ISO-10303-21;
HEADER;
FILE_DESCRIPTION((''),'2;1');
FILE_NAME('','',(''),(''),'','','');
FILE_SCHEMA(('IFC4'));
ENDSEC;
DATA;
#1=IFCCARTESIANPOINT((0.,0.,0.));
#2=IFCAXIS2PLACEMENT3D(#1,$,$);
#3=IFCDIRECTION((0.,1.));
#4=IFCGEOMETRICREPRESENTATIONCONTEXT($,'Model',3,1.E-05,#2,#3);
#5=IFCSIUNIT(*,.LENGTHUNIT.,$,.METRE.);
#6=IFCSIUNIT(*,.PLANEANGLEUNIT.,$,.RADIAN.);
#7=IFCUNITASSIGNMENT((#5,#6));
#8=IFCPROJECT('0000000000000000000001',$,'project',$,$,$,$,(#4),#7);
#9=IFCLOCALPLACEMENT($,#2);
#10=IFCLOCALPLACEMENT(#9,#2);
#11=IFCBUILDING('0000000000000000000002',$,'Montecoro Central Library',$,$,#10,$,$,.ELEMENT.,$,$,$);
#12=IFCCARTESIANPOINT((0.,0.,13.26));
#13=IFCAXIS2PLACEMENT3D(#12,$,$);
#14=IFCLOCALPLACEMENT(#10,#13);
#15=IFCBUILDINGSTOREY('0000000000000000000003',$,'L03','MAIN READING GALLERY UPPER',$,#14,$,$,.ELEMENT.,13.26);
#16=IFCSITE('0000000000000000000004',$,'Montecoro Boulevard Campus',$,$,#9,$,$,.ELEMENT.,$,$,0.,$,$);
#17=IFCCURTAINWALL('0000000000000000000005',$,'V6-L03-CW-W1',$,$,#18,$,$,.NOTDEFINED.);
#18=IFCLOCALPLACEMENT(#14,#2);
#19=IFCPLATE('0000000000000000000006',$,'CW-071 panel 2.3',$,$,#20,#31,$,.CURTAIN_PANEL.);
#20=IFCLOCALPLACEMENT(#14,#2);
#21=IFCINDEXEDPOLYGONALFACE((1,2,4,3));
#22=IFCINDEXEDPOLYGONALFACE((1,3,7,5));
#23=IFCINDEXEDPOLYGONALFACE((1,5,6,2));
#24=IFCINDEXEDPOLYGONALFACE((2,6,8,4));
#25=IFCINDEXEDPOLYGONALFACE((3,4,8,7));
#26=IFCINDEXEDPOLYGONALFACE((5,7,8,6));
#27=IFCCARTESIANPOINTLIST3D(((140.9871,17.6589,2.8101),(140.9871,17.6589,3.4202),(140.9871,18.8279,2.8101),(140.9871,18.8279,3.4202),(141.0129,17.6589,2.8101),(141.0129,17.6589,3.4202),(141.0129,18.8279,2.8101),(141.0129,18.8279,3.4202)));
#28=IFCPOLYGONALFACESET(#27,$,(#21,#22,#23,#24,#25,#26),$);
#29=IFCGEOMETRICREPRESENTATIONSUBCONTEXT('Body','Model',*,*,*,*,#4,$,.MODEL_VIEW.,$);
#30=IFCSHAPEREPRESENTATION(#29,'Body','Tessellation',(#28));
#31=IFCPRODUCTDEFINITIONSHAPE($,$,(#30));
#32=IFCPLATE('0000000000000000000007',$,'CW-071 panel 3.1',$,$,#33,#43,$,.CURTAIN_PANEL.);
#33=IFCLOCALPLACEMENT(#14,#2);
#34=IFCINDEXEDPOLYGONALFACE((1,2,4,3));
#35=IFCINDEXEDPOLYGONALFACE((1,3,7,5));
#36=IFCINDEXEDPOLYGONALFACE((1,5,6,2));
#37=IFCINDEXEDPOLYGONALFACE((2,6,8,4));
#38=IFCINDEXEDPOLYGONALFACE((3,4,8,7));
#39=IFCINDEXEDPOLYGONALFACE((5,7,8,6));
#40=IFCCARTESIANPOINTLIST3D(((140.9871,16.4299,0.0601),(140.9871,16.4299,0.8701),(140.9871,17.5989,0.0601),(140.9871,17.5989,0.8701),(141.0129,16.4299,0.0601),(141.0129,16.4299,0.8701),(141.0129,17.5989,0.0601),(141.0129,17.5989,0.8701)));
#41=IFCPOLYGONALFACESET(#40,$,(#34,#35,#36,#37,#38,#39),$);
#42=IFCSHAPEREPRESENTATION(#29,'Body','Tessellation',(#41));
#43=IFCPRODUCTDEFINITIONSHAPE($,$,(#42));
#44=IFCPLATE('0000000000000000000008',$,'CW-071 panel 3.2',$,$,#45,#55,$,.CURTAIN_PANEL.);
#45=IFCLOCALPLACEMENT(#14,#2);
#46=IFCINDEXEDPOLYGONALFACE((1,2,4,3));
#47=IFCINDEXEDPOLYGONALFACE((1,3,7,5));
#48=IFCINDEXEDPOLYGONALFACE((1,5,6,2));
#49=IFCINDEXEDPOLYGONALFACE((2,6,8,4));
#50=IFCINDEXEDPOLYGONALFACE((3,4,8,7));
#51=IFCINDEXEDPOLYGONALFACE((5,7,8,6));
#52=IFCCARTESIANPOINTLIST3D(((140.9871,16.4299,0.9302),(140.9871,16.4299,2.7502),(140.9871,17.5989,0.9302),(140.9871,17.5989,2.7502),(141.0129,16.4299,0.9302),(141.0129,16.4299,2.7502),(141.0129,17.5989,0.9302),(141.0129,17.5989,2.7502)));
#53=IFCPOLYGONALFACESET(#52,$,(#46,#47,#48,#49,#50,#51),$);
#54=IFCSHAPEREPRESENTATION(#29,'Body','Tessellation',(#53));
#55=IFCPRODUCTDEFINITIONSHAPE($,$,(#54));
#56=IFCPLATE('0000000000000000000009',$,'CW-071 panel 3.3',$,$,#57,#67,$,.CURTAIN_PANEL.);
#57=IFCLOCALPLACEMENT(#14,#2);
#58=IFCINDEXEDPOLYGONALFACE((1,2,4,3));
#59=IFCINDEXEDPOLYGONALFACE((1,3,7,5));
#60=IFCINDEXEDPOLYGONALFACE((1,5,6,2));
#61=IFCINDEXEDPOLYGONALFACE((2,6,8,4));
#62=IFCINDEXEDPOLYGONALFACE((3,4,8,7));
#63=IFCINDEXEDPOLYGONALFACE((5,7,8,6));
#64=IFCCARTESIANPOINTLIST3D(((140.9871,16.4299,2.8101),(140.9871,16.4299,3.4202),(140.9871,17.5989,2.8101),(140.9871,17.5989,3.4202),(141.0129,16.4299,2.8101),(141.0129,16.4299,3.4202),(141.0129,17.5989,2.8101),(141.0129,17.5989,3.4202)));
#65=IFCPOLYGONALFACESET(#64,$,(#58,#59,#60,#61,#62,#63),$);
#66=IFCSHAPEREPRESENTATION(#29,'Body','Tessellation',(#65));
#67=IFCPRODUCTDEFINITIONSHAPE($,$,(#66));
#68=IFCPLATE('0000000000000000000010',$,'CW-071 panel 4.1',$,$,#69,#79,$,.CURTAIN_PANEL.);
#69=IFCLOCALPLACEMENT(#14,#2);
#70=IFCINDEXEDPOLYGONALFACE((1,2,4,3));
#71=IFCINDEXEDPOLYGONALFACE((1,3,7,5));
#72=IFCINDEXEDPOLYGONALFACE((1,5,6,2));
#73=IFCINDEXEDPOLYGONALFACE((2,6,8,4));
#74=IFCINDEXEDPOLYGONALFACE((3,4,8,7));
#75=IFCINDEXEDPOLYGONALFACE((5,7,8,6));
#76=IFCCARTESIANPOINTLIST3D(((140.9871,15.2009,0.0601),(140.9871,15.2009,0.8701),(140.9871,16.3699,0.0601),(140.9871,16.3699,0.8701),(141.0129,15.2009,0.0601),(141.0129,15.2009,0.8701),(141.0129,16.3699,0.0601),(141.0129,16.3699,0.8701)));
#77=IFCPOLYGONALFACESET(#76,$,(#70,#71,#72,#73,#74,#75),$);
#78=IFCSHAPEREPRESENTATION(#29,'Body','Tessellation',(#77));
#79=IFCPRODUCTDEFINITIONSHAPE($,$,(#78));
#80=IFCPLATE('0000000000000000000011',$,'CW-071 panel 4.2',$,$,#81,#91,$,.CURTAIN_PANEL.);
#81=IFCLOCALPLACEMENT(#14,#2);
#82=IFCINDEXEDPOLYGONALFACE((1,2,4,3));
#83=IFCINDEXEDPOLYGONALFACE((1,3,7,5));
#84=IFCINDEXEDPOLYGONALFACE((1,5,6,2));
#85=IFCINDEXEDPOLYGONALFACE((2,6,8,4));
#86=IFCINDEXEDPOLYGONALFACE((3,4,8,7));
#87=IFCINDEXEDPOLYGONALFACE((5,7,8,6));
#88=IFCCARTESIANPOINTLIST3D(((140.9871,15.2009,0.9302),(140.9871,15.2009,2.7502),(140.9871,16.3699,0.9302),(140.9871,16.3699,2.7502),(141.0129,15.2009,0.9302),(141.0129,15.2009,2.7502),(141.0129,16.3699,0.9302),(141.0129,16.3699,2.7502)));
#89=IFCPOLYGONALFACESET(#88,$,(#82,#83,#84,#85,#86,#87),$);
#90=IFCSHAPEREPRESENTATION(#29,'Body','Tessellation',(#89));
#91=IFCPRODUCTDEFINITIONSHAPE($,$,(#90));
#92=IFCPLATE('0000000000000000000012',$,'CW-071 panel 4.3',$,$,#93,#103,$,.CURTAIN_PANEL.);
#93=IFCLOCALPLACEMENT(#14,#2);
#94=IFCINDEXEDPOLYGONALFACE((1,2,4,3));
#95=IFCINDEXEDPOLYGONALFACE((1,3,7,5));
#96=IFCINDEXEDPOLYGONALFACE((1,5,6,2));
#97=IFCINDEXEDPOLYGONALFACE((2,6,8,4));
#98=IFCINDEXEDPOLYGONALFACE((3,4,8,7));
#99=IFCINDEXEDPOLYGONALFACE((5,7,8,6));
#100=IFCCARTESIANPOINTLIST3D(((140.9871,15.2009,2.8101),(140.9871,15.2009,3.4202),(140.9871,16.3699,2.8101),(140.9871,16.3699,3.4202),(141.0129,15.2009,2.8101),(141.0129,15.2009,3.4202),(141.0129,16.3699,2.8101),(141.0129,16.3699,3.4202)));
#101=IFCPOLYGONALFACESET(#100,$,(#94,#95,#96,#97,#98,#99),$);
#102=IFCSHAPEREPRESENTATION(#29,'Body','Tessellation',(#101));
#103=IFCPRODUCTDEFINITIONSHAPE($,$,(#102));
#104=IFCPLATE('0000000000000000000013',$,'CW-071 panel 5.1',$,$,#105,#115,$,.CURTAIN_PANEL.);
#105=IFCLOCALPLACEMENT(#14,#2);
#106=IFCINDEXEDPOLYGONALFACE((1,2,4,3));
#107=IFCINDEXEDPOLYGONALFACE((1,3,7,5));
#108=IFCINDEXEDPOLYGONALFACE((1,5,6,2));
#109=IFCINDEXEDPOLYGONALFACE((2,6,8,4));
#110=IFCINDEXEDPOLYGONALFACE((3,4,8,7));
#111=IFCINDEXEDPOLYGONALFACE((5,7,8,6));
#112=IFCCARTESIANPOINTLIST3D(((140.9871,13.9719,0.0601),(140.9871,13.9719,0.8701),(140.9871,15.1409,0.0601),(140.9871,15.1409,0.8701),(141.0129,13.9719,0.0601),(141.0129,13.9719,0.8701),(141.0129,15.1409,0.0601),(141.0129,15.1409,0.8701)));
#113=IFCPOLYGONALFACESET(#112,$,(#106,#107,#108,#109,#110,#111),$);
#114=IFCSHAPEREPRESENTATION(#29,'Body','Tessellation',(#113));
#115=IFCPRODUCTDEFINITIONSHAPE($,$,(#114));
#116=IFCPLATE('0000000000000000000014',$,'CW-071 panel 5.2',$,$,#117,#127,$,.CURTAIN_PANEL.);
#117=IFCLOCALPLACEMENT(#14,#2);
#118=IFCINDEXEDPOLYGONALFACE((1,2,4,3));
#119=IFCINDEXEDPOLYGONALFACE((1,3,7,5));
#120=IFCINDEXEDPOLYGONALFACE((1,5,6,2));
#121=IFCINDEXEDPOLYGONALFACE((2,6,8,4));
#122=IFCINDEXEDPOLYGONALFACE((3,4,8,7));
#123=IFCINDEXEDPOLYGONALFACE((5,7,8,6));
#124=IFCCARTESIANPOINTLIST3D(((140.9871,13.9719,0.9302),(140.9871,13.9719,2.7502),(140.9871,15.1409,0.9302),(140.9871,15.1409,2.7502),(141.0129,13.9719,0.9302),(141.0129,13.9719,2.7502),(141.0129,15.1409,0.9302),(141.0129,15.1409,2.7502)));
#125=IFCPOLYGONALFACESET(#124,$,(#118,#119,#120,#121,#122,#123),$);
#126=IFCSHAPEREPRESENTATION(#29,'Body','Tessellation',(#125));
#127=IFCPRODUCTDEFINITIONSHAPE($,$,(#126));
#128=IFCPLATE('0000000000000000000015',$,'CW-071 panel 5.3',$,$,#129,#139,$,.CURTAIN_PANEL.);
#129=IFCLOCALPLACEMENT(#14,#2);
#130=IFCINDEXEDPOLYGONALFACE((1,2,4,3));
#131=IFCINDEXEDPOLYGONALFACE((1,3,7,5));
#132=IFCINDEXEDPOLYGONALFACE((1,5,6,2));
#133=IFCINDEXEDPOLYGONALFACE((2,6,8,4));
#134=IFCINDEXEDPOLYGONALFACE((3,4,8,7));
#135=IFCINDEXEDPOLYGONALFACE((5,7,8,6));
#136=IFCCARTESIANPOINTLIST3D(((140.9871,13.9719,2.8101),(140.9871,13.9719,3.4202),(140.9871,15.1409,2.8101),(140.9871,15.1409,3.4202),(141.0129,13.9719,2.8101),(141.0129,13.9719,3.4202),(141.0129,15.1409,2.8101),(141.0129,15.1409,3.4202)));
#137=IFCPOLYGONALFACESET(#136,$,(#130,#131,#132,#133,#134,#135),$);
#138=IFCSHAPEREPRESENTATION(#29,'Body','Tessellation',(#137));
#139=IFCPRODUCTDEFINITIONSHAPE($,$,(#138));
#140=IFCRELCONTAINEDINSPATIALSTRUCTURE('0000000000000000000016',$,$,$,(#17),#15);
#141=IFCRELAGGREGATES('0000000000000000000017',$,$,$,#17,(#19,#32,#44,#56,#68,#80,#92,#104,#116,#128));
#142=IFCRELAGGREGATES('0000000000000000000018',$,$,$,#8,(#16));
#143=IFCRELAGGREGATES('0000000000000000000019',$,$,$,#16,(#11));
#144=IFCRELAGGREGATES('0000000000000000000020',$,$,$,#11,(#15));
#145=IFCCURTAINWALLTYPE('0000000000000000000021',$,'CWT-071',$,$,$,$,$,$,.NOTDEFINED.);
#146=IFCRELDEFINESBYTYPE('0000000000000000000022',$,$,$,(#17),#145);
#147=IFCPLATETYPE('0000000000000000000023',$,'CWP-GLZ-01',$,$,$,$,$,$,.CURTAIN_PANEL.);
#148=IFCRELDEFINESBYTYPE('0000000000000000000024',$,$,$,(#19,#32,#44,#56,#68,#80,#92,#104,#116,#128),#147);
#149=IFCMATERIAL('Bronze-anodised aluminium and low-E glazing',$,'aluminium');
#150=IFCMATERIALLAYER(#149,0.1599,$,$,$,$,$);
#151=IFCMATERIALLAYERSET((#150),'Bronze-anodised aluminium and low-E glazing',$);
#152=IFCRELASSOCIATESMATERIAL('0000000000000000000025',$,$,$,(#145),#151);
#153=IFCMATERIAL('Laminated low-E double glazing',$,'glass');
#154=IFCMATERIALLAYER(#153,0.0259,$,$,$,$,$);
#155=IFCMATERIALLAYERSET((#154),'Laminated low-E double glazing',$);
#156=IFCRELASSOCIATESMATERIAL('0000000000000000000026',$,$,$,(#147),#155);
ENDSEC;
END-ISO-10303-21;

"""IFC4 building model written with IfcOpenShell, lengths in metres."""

from ifc_helpers import new_model, si_unit, direction, frame, origin, origin_2d, place, context, subcontext, project, spatial, rectangle, extrude, material, layer, layer_set, type_object, element, aggregate, save


model = new_model("IFC4")

# Units and contexts
model_context = context("Model", 3, precision=1e-05, world=origin(), true_north=direction((0.0, 1.0)))
body_context = subcontext(model_context, "Body", "Model", "MODEL_VIEW")
ifc_project = project(units=[si_unit("LENGTHUNIT", "METRE"), si_unit("PLANEANGLEUNIT", "RADIAN")], contexts=[model_context])

# Site, building, storey
site_placement = place(None, origin())
site = spatial("IfcSite", under=ifc_project, at=site_placement, Name="Montecoro Boulevard Campus", CompositionType="ELEMENT", RefElevation=0.0)
building_placement = place(site_placement, origin())
building = spatial("IfcBuilding", under=site, at=building_placement, Name="Montecoro Central Library", CompositionType="ELEMENT")
storey_placement = place(building_placement, frame((0.0, 0.0, 13.26)))
storey = spatial("IfcBuildingStorey", under=building, at=storey_placement, Name="L03", Description="MAIN READING GALLERY UPPER", CompositionType="ELEMENT", Elevation=13.26)

# Curtain wall, plates
ifc_material_1 = material(Name="Bronze-anodised aluminium and low-E glazing", Category="aluminium")
ifc_layer_1 = layer(ifc_material_1, 0.1599)
ifc_layer_set_1 = layer_set([ifc_layer_1], Name="Bronze-anodised aluminium and low-E glazing")
curtain_wall_type = type_object("IfcCurtainWallType", Name="CWT-071", PredefinedType="NOTDEFINED", material=ifc_layer_set_1)
curtain_wall_placement = place(storey_placement, origin())
curtain_wall = element("IfcCurtainWall", 1, at=curtain_wall_placement, inside=storey, type_object=curtain_wall_type, Name="V6-L03-CW-W1", PredefinedType="NOTDEFINED")
ifc_material_2 = material(Name="Laminated low-E double glazing", Category="glass")
ifc_layer_2 = layer(ifc_material_2, 0.0259)
ifc_layer_set_2 = layer_set([ifc_layer_2], Name="Laminated low-E double glazing")
plate_type = type_object("IfcPlateType", Name="CWP-GLZ-01", PredefinedType="CURTAIN_PANEL", material=ifc_layer_set_2)
plate_1_placement = place(storey_placement, frame((141.0, 18.2434, 2.8101), z_axis=(0.0, 0.0, 1.0), x_axis=(0.0, -1.0, 0.0)))
plate_1 = element("IfcPlate", 2, at=plate_1_placement, type_object=plate_type, Name="CW-071 panel 2.3", PredefinedType="CURTAIN_PANEL", context=body_context, shape_type="SweptSolid", body=[
    extrude(rectangle(XDim=1.1689, YDim=0.0259, at=origin_2d()), origin(), (0.0, 0.0, 1.0), 0.6101),
])
plate_2_placement = place(storey_placement, frame((141.0, 17.0144, 0.0601), z_axis=(0.0, 0.0, 1.0), x_axis=(0.0, -1.0, 0.0)))
plate_2 = element("IfcPlate", 3, at=plate_2_placement, type_object=plate_type, Name="CW-071 panel 3.1", PredefinedType="CURTAIN_PANEL", context=body_context, shape_type="SweptSolid", body=[
    extrude(rectangle(XDim=1.1689, YDim=0.0259, at=origin_2d()), origin(), (0.0, 0.0, 1.0), 0.8101),
])
plate_3_placement = place(storey_placement, frame((141.0, 17.0144, 0.9302), z_axis=(0.0, 0.0, 1.0), x_axis=(0.0, -1.0, 0.0)))
plate_3 = element("IfcPlate", 4, at=plate_3_placement, type_object=plate_type, Name="CW-071 panel 3.2", PredefinedType="CURTAIN_PANEL", context=body_context, shape_type="SweptSolid", body=[
    extrude(rectangle(XDim=1.1689, YDim=0.0259, at=origin_2d()), origin(), (0.0, 0.0, 1.0), 1.8201),
])
plate_4_placement = place(storey_placement, frame((141.0, 17.0144, 2.8101), z_axis=(0.0, 0.0, 1.0), x_axis=(0.0, -1.0, 0.0)))
plate_4 = element("IfcPlate", 5, at=plate_4_placement, type_object=plate_type, Name="CW-071 panel 3.3", PredefinedType="CURTAIN_PANEL", context=body_context, shape_type="SweptSolid", body=[
    extrude(rectangle(XDim=1.1689, YDim=0.0259, at=origin_2d()), origin(), (0.0, 0.0, 1.0), 0.6101),
])
plate_5_placement = place(storey_placement, frame((141.0, 15.7854, 0.0601), z_axis=(0.0, 0.0, 1.0), x_axis=(0.0, -1.0, 0.0)))
plate_5 = element("IfcPlate", 6, at=plate_5_placement, type_object=plate_type, Name="CW-071 panel 4.1", PredefinedType="CURTAIN_PANEL", context=body_context, shape_type="SweptSolid", body=[
    extrude(rectangle(XDim=1.1689, YDim=0.0259, at=origin_2d()), origin(), (0.0, 0.0, 1.0), 0.8101),
])
plate_6_placement = place(storey_placement, frame((141.0, 15.7854, 0.9302), z_axis=(0.0, 0.0, 1.0), x_axis=(0.0, -1.0, 0.0)))
plate_6 = element("IfcPlate", 7, at=plate_6_placement, type_object=plate_type, Name="CW-071 panel 4.2", PredefinedType="CURTAIN_PANEL", context=body_context, shape_type="SweptSolid", body=[
    extrude(rectangle(XDim=1.1689, YDim=0.0259, at=origin_2d()), origin(), (0.0, 0.0, 1.0), 1.8201),
])
plate_7_placement = place(storey_placement, frame((141.0, 15.7854, 2.8101), z_axis=(0.0, 0.0, 1.0), x_axis=(0.0, -1.0, 0.0)))
plate_7 = element("IfcPlate", 8, at=plate_7_placement, type_object=plate_type, Name="CW-071 panel 4.3", PredefinedType="CURTAIN_PANEL", context=body_context, shape_type="SweptSolid", body=[
    extrude(rectangle(XDim=1.1689, YDim=0.0259, at=origin_2d()), origin(), (0.0, 0.0, 1.0), 0.6101),
])
plate_8_placement = place(storey_placement, frame((141.0, 14.5564, 0.0601), z_axis=(0.0, 0.0, 1.0), x_axis=(0.0, -1.0, 0.0)))
plate_8 = element("IfcPlate", 9, at=plate_8_placement, type_object=plate_type, Name="CW-071 panel 5.1", PredefinedType="CURTAIN_PANEL", context=body_context, shape_type="SweptSolid", body=[
    extrude(rectangle(XDim=1.1689, YDim=0.0259, at=origin_2d()), origin(), (0.0, 0.0, 1.0), 0.8101),
])
plate_9_placement = place(storey_placement, frame((141.0, 14.5564, 0.9302), z_axis=(0.0, 0.0, 1.0), x_axis=(0.0, -1.0, 0.0)))
plate_9 = element("IfcPlate", 10, at=plate_9_placement, type_object=plate_type, Name="CW-071 panel 5.2", PredefinedType="CURTAIN_PANEL", context=body_context, shape_type="SweptSolid", body=[
    extrude(rectangle(XDim=1.1689, YDim=0.0259, at=origin_2d()), origin(), (0.0, 0.0, 1.0), 1.8201),
])
plate_10_placement = place(storey_placement, frame((141.0, 14.5564, 2.8101), z_axis=(0.0, 0.0, 1.0), x_axis=(0.0, -1.0, 0.0)))
plate_10 = element("IfcPlate", 11, at=plate_10_placement, type_object=plate_type, Name="CW-071 panel 5.3", PredefinedType="CURTAIN_PANEL", context=body_context, shape_type="SweptSolid", body=[
    extrude(rectangle(XDim=1.1689, YDim=0.0259, at=origin_2d()), origin(), (0.0, 0.0, 1.0), 0.6101),
])
aggregate(curtain_wall, [plate_1, plate_2, plate_3, plate_4, plate_5, plate_6, plate_7, plate_8, plate_9, plate_10])

save(model, "model.ifc")
